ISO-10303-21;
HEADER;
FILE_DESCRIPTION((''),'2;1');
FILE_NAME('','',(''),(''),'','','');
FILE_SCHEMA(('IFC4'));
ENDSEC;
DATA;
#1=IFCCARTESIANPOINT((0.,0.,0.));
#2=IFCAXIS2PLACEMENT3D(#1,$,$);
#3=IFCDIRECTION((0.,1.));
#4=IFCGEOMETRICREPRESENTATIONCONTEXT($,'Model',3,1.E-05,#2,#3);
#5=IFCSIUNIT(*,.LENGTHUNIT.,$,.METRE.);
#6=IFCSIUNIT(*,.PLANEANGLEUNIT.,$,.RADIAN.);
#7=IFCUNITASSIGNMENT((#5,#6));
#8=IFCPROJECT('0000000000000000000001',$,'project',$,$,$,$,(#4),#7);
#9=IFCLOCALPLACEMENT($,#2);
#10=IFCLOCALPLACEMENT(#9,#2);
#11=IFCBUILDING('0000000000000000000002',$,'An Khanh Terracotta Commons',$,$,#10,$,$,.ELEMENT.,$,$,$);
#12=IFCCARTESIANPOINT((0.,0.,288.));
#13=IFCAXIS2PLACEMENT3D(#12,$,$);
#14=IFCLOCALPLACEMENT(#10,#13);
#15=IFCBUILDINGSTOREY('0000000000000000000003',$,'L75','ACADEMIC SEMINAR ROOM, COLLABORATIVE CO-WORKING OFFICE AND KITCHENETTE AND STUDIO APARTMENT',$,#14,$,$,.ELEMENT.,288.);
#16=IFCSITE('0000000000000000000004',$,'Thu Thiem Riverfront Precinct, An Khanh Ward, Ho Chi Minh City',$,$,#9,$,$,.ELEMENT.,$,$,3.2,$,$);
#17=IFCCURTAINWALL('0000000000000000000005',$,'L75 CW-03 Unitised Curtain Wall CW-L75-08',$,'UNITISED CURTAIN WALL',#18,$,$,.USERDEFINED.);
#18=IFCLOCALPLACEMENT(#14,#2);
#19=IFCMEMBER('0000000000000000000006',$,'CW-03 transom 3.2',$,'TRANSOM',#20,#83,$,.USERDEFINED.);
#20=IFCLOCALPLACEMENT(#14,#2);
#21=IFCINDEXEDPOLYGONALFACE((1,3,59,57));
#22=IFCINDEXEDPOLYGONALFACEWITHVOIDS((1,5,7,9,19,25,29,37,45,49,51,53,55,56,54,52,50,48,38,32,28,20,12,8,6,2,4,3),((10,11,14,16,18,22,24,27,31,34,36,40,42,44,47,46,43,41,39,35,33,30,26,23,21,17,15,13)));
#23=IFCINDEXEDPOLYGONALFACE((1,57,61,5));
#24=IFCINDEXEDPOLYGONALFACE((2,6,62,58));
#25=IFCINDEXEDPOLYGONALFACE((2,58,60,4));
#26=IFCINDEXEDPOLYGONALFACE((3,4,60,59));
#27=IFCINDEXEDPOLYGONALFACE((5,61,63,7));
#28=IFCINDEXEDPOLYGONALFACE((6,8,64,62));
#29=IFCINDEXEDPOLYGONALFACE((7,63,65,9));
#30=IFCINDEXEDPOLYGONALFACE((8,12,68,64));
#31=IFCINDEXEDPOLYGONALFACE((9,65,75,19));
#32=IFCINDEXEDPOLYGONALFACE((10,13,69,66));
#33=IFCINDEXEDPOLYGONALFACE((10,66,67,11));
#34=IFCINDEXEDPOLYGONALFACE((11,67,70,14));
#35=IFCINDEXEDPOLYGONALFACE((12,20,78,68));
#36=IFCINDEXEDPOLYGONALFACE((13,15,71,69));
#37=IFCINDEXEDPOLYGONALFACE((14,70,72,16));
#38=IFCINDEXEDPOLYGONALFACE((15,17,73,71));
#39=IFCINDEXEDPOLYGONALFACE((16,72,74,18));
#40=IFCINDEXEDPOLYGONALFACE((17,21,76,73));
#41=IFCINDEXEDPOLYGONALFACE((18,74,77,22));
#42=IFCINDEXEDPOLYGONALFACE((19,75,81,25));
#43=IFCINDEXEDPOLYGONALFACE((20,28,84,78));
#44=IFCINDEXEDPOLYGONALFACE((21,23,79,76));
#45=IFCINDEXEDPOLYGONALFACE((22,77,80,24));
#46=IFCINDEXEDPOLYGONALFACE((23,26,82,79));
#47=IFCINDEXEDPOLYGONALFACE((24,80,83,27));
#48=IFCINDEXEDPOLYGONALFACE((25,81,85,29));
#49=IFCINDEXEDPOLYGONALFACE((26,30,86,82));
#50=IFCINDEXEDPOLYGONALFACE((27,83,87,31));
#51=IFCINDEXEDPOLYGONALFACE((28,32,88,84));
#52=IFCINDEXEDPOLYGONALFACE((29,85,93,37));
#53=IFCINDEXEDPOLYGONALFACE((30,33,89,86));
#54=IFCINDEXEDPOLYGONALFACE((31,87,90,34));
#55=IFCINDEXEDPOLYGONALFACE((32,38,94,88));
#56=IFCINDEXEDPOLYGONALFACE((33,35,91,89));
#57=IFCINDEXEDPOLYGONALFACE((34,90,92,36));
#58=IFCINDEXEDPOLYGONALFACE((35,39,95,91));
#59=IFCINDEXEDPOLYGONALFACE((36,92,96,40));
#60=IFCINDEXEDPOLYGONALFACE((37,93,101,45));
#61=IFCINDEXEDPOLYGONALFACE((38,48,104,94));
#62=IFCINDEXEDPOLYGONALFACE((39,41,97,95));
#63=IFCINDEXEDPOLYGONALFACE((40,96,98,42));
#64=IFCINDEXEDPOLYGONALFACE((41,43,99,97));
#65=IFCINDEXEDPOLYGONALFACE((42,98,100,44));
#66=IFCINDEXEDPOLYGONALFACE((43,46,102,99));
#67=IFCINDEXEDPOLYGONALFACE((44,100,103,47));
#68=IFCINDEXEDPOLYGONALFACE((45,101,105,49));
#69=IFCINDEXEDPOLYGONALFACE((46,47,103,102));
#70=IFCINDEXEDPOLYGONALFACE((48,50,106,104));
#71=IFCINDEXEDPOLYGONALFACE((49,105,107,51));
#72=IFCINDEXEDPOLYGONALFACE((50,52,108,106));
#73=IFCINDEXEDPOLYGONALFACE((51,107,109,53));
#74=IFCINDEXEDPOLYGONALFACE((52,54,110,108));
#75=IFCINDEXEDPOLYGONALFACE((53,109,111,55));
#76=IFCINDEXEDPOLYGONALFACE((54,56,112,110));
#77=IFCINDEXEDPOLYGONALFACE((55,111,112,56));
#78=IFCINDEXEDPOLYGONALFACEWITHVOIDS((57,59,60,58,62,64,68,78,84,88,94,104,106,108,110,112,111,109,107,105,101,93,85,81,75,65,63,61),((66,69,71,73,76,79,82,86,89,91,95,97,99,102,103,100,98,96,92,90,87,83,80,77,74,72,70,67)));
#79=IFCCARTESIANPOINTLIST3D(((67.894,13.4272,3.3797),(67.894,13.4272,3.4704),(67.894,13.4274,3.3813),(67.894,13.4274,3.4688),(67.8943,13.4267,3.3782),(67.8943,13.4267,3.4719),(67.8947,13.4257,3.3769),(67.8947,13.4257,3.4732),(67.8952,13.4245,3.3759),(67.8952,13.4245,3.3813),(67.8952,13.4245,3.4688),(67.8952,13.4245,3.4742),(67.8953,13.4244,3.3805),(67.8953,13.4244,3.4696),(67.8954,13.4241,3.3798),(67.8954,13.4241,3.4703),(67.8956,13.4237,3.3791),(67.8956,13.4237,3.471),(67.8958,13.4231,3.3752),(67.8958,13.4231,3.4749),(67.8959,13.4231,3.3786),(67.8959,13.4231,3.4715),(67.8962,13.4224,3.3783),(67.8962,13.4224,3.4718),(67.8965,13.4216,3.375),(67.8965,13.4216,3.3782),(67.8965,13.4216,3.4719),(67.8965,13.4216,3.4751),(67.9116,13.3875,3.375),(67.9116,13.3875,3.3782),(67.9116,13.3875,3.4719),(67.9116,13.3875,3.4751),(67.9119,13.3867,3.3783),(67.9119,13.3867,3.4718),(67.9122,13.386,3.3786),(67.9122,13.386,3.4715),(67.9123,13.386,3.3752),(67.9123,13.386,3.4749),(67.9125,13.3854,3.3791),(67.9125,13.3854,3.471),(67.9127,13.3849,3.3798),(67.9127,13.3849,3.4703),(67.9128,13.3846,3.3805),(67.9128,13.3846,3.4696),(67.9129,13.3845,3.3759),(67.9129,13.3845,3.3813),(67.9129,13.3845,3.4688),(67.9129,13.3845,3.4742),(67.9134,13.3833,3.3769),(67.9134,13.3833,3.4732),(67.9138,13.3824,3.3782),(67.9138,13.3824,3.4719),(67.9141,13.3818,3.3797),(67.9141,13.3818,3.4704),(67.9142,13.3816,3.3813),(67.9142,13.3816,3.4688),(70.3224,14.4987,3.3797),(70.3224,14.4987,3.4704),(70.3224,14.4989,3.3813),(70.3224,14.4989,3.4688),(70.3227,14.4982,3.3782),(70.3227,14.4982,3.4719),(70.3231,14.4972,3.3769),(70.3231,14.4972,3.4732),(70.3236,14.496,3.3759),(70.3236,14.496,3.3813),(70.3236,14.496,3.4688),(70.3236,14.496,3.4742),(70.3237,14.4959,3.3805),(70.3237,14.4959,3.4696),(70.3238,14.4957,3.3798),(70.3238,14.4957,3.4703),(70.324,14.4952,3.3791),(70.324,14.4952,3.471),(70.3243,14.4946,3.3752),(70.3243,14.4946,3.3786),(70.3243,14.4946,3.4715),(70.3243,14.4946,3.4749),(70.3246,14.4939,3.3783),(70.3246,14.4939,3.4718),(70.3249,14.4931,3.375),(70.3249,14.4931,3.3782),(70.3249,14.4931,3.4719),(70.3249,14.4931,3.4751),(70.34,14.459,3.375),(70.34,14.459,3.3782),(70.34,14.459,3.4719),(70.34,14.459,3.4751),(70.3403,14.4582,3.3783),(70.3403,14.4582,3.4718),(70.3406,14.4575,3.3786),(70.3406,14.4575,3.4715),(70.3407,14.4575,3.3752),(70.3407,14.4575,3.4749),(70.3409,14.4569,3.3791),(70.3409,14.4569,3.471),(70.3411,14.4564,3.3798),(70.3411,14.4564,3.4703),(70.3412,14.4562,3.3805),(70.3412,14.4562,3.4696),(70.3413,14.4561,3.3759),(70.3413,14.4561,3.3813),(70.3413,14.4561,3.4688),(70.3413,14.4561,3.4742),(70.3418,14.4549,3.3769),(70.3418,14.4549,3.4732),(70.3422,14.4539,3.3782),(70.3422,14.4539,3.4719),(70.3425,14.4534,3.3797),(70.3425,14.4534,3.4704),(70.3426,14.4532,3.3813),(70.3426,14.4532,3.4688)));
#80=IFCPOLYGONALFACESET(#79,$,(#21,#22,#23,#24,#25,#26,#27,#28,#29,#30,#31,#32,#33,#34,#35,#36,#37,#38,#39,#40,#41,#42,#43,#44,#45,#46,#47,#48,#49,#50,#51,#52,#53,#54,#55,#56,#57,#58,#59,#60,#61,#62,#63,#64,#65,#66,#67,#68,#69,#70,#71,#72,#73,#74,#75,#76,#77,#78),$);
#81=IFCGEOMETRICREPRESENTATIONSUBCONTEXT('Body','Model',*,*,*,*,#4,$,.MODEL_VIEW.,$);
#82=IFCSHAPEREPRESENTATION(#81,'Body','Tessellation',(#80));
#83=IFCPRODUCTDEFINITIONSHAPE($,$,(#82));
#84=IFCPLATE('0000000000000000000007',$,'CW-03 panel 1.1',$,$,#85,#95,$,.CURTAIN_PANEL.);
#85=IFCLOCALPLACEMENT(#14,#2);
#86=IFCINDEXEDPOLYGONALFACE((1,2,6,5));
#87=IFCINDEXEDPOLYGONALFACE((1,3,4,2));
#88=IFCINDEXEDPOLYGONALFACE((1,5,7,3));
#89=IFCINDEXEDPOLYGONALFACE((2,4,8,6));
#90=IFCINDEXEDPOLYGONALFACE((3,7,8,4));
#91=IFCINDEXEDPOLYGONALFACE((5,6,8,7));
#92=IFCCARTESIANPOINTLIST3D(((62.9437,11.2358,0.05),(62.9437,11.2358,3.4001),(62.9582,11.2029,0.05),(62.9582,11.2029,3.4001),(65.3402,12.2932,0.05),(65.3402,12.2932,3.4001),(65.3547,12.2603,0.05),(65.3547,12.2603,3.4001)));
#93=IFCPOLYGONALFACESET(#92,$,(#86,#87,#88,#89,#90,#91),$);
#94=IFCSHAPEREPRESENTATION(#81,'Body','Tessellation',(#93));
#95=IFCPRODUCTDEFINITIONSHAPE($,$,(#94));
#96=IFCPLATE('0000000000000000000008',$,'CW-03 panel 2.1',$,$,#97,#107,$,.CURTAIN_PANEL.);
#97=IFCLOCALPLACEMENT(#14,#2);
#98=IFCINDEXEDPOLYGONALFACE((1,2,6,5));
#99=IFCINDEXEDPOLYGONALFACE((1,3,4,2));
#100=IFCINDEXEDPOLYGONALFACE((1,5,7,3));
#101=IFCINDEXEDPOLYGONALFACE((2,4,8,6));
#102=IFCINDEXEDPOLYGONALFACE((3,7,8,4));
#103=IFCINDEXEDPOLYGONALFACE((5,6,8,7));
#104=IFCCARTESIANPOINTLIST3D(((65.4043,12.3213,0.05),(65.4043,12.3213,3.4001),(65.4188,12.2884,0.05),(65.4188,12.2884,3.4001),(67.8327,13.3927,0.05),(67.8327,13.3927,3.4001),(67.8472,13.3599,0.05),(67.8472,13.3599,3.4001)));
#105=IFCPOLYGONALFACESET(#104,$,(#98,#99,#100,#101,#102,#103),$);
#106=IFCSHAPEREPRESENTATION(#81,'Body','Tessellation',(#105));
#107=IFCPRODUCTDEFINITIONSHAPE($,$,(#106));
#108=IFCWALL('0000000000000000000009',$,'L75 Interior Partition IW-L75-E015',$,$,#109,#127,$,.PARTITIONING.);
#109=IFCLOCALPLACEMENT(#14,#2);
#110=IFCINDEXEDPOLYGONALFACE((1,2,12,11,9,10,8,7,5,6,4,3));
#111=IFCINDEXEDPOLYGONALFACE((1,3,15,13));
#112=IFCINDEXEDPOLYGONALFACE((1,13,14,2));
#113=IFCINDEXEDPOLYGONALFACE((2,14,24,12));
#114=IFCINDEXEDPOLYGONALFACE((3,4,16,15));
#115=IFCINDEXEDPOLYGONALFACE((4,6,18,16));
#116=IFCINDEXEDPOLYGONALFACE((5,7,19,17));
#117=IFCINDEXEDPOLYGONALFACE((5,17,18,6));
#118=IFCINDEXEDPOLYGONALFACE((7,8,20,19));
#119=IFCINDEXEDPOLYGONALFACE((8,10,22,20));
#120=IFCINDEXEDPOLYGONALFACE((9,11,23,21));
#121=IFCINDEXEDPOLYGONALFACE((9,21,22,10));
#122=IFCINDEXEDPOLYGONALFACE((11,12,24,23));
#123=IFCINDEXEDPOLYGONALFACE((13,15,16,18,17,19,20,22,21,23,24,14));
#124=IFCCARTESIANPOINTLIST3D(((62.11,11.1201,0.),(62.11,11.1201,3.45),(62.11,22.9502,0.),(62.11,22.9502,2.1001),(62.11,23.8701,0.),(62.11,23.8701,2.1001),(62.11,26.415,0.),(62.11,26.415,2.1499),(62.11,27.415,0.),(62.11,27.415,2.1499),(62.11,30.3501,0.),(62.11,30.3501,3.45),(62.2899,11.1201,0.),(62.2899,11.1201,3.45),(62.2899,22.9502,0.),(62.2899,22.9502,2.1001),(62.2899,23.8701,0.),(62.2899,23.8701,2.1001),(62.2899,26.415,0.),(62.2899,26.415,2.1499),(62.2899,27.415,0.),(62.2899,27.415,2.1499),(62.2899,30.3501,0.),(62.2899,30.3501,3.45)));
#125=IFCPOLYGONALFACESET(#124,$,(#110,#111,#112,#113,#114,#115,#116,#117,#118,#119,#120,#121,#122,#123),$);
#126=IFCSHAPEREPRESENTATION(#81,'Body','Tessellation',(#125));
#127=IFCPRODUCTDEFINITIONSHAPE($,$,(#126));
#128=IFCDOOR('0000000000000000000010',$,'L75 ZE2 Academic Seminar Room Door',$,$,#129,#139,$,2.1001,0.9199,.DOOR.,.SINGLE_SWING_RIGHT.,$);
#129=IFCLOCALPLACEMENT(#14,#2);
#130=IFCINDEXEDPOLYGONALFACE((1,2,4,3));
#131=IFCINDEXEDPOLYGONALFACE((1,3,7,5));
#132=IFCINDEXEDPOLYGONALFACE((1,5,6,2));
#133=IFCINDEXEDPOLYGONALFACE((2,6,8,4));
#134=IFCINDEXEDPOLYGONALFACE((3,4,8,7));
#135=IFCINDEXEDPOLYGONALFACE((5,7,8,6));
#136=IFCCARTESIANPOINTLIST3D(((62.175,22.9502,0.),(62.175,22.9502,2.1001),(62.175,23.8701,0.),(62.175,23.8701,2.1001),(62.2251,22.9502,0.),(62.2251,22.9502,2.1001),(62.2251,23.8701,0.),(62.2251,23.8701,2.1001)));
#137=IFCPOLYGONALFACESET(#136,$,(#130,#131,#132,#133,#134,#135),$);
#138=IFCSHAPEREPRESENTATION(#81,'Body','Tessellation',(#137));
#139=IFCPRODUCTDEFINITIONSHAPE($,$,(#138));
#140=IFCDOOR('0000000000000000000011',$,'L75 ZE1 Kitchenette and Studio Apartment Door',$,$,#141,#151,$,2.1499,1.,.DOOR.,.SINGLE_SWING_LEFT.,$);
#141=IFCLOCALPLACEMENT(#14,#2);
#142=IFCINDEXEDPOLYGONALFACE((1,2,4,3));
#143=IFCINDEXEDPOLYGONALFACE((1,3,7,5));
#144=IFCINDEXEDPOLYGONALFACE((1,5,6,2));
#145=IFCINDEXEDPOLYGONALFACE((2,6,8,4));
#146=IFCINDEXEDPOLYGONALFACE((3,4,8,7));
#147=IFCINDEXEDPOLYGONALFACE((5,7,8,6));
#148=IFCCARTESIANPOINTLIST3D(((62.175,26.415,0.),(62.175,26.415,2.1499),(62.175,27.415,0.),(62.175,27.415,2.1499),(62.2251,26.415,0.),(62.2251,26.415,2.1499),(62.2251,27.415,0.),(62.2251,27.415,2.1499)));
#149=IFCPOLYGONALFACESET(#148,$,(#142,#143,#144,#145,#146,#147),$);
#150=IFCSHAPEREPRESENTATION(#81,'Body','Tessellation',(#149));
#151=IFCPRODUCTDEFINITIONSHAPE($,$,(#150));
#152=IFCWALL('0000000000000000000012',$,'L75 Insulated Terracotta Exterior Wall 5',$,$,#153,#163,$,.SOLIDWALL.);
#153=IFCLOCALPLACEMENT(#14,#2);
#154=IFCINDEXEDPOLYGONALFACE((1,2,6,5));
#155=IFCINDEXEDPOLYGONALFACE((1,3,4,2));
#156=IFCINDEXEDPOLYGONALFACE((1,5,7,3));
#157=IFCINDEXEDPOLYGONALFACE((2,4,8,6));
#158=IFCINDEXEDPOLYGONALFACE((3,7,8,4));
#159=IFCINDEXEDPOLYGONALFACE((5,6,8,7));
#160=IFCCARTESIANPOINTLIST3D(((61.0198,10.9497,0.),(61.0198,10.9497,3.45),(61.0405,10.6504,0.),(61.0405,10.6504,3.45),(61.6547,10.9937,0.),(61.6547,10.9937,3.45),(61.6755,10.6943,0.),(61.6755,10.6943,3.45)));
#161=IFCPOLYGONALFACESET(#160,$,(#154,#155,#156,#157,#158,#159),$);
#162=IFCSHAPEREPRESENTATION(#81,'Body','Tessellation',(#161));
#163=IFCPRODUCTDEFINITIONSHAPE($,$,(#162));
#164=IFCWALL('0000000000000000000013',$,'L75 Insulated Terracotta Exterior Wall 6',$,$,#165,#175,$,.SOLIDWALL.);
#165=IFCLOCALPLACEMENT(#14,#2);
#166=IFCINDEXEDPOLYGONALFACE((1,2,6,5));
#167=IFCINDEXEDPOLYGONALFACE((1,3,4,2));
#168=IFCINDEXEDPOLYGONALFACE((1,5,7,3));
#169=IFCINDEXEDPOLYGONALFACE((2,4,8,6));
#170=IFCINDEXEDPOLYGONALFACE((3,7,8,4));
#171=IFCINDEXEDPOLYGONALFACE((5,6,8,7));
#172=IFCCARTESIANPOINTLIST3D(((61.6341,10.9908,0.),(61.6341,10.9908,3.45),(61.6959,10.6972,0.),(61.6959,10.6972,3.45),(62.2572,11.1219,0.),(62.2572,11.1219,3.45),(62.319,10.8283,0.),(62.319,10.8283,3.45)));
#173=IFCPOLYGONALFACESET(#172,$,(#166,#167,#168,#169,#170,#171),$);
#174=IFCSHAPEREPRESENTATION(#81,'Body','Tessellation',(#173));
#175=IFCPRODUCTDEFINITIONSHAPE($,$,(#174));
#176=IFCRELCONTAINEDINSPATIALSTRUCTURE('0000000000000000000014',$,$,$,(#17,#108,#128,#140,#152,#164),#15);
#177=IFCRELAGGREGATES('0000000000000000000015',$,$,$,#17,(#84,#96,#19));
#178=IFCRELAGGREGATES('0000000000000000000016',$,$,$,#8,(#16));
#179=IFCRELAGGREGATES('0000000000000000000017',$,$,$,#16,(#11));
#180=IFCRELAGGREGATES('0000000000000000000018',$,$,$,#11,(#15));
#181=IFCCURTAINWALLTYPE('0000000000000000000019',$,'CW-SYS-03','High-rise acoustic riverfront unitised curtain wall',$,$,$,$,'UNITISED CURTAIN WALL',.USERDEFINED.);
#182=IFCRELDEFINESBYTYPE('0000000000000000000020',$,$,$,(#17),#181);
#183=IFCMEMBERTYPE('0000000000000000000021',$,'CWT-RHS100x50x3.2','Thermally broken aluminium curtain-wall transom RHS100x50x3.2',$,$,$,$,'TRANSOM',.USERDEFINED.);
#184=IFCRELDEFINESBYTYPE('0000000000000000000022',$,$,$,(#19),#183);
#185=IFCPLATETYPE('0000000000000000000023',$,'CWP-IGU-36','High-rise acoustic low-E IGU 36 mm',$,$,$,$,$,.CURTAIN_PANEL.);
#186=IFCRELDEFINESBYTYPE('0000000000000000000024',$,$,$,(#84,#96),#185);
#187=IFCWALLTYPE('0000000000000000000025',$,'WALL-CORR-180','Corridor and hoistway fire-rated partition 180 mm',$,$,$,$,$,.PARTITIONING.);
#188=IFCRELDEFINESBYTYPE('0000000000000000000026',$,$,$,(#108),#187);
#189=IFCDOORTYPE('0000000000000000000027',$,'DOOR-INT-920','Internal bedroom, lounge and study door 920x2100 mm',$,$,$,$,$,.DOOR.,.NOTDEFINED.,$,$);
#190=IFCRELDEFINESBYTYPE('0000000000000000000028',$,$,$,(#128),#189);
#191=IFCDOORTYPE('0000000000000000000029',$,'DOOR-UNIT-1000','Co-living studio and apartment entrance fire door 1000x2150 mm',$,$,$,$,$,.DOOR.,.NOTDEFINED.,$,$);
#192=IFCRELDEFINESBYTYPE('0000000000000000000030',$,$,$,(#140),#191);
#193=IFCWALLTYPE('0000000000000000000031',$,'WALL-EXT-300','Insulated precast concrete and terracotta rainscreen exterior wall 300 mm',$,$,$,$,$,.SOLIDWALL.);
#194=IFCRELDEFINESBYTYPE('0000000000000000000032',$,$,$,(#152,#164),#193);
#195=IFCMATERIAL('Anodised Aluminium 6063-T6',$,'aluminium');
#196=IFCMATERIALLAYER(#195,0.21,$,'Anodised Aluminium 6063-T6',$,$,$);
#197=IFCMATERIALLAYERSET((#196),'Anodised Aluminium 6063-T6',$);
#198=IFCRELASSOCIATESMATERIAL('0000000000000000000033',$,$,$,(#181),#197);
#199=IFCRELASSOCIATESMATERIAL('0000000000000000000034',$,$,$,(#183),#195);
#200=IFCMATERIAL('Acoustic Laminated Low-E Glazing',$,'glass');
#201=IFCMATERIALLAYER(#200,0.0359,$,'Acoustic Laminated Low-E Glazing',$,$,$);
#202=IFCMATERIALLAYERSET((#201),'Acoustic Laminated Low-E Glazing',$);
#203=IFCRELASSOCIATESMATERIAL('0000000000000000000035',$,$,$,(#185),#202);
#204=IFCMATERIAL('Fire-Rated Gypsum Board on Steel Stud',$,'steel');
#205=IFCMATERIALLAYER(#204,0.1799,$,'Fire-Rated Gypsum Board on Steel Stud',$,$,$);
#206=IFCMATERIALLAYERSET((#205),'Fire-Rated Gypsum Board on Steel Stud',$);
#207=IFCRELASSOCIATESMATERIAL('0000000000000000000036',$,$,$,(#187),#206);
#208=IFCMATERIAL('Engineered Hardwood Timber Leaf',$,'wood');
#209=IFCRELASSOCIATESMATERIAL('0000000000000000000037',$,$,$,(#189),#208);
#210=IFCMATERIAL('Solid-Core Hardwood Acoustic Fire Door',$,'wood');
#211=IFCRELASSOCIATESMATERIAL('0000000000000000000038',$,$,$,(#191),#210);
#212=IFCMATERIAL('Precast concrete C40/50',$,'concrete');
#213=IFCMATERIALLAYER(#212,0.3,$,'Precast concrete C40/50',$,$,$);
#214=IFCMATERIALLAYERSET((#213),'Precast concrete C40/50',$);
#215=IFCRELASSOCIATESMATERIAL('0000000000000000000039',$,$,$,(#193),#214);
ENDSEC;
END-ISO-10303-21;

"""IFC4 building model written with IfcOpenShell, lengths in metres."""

from ifc_helpers import new_model, si_unit, direction, frame, frame_2d, origin, origin_2d, place, context, subcontext, project, spatial, rectangle, hollow_rectangle, extrude, material, layer, layer_set, material_profile, profile_set, type_object, element, fill, aggregate, save


model = new_model("IFC4")

# Units and contexts
model_context = context("Model", 3, precision=1e-05, world=origin(), true_north=direction((0.0, 1.0)))
body_context = subcontext(model_context, "Body", "Model", "MODEL_VIEW")
ifc_project = project(units=[si_unit("LENGTHUNIT", "METRE"), si_unit("PLANEANGLEUNIT", "RADIAN")], contexts=[model_context])

# Site, building, storey
site_placement = place(None, origin())
site = spatial("IfcSite", under=ifc_project, at=site_placement, Name="Thu Thiem Riverfront Precinct, An Khanh Ward, Ho Chi Minh City", CompositionType="ELEMENT", RefElevation=3.2)
building_placement = place(site_placement, origin())
building = spatial("IfcBuilding", under=site, at=building_placement, Name="An Khanh Terracotta Commons", CompositionType="ELEMENT")
storey_placement = place(building_placement, frame((0.0, 0.0, 288.0)))
storey = spatial("IfcBuildingStorey", under=building, at=storey_placement, Name="L75", Description="ACADEMIC SEMINAR ROOM, COLLABORATIVE CO-WORKING OFFICE AND KITCHENETTE AND STUDIO APARTMENT", CompositionType="ELEMENT", Elevation=288.0)

# Curtain wall, member, plates
ifc_material_1 = material(Name="Anodised Aluminium 6063-T6", Category="aluminium")
ifc_layer_1 = layer(ifc_material_1, 0.21, Name="Anodised Aluminium 6063-T6")
ifc_layer_set_1 = layer_set([ifc_layer_1], Name="Anodised Aluminium 6063-T6")
curtain_wall_type = type_object("IfcCurtainWallType", Name="CW-SYS-03", Description="High-rise acoustic riverfront unitised curtain wall", ElementType="UNITISED CURTAIN WALL", PredefinedType="USERDEFINED", material=ifc_layer_set_1)
curtain_wall_placement = place(storey_placement, origin())
curtain_wall = element("IfcCurtainWall", 1, at=curtain_wall_placement, inside=storey, type_object=curtain_wall_type, Name="L75 CW-03 Unitised Curtain Wall CW-L75-08", ObjectType="UNITISED CURTAIN WALL", PredefinedType="USERDEFINED")
ifc_material_profile_1 = material_profile(ifc_material_1, hollow_rectangle(XDim=0.05, YDim=0.1001, WallThickness=0.0032, InnerFilletRadius=0.0032, OuterFilletRadius=0.0063, at=origin_2d()), Name="RHS100x50x3.2")
ifc_profile_set_1 = profile_set([ifc_material_profile_1], Name="Anodised Aluminium 6063-T6")
member_type_1 = type_object("IfcMemberType", Name="CWT-RHS100x50x3.2", Description="Thermally broken aluminium curtain-wall transom RHS100x50x3.2", ElementType="TRANSOM", PredefinedType="USERDEFINED", material=ifc_profile_set_1)
member_1_placement = place(storey_placement, frame((67.9041, 13.4045, 3.425), z_axis=(0.914897, 0.403688, 0.0), x_axis=(-0.403688, 0.914897, 0.0)))
member_1 = element("IfcMember", 2, at=member_1_placement, type_object=member_type_1, Name="CW-03 transom 3.2", ObjectType="TRANSOM", PredefinedType="USERDEFINED", context=body_context, shape_type="SweptSolid", body=[
    extrude(hollow_rectangle(XDim=0.05, YDim=0.1001, WallThickness=0.0032, InnerFilletRadius=0.0032, OuterFilletRadius=0.0063, at=origin_2d()), origin(), (0.0, 0.0, 1.0), 2.6543),
])
ifc_material_2 = material(Name="Acoustic Laminated Low-E Glazing", Category="glass")
ifc_layer_2 = layer(ifc_material_2, 0.0359, Name="Acoustic Laminated Low-E Glazing")
ifc_layer_set_2 = layer_set([ifc_layer_2], Name="Acoustic Laminated Low-E Glazing")
plate_type = type_object("IfcPlateType", Name="CWP-IGU-36", Description="High-rise acoustic low-E IGU 36 mm", PredefinedType="CURTAIN_PANEL", material=ifc_layer_set_2)
plate_1_placement = place(storey_placement, frame((64.1492, 11.748, 0.05), z_axis=(0.0, 0.0, 1.0), x_axis=(0.914902, 0.403676, 0.0)))
plate_1 = element("IfcPlate", 3, at=plate_1_placement, type_object=plate_type, Name="CW-03 panel 1.1", PredefinedType="CURTAIN_PANEL", context=body_context, shape_type="SweptSolid", body=[
    extrude(rectangle(XDim=2.6194, YDim=0.0359, at=origin_2d()), origin(), (0.0, 0.0, 1.0), 3.3501),
])
plate_2_placement = place(storey_placement, frame((66.6257, 12.8406, 0.05), z_axis=(0.0, 0.0, 1.0), x_axis=(0.914902, 0.403676, 0.0)))
plate_2 = element("IfcPlate", 4, at=plate_2_placement, type_object=plate_type, Name="CW-03 panel 2.1", PredefinedType="CURTAIN_PANEL", context=body_context, shape_type="SweptSolid", body=[
    extrude(rectangle(XDim=2.6543, YDim=0.0359, at=origin_2d()), origin(), (0.0, 0.0, 1.0), 3.3501),
])
aggregate(curtain_wall, [plate_1, plate_2, member_1])

# Wall, openings, doors
ifc_material_3 = material(Name="Fire-Rated Gypsum Board on Steel Stud", Category="steel")
ifc_layer_3 = layer(ifc_material_3, 0.1799, Name="Fire-Rated Gypsum Board on Steel Stud")
ifc_layer_set_3 = layer_set([ifc_layer_3], Name="Fire-Rated Gypsum Board on Steel Stud")
wall_type_1 = type_object("IfcWallType", Name="WALL-CORR-180", Description="Corridor and hoistway fire-rated partition 180 mm", PredefinedType="PARTITIONING", material=ifc_layer_set_3)
wall_1_placement = place(storey_placement, frame((62.2, 11.1201, 0.0), z_axis=(0.0, 0.0, 1.0), x_axis=(0.0, 1.0, 0.0)))
wall_1 = element("IfcWall", 5, at=wall_1_placement, inside=storey, type_object=wall_type_1, Name="L75 Interior Partition IW-L75-E015", PredefinedType="PARTITIONING", context=body_context, shape_type="SweptSolid", body=[
    extrude(rectangle(XDim=19.23, YDim=0.1799, at=frame_2d((9.615, 0.0))), origin(), (0.0, 0.0, 1.0), 3.45),
])
opening_1_placement = place(wall_1_placement, frame((15.2949, 0.0, 0.0)))
opening_1 = element("IfcOpeningElement", 6, at=opening_1_placement, cuts=wall_1, PredefinedType="OPENING", context=body_context, shape_type="SweptSolid", body=[
    extrude(rectangle(XDim=1.0, YDim=2.1499, at=frame_2d((0.5, 1.075))), frame((0.0, 0.0999, 0.0), z_axis=(0.0, -1.0, 0.0), x_axis=(1.0, 0.0, 0.0)), (0.0, 0.0, 1.0), 0.2),
])
opening_2_placement = place(wall_1_placement, frame((11.8301, 0.0, 0.0)))
opening_2 = element("IfcOpeningElement", 7, at=opening_2_placement, cuts=wall_1, PredefinedType="OPENING", context=body_context, shape_type="SweptSolid", body=[
    extrude(rectangle(XDim=0.9199, YDim=2.1001, at=frame_2d((0.46, 1.05))), frame((0.0, 0.0999, 0.0), z_axis=(0.0, -1.0, 0.0), x_axis=(1.0, 0.0, 0.0)), (0.0, 0.0, 1.0), 0.2),
])
ifc_material_4 = material(Name="Engineered Hardwood Timber Leaf", Category="wood")
door_type_1 = type_object("IfcDoorType", Name="DOOR-INT-920", Description="Internal bedroom, lounge and study door 920x2100 mm", OperationType="NOTDEFINED", PredefinedType="DOOR", material=ifc_material_4)
door_1_placement = place(opening_2_placement, origin())
door_1 = element("IfcDoor", 8, at=door_1_placement, inside=storey, type_object=door_type_1, Name="L75 ZE2 Academic Seminar Room Door", OperationType="SINGLE_SWING_RIGHT", OverallHeight=2.1001, OverallWidth=0.9199, PredefinedType="DOOR", context=body_context, shape_type="SweptSolid", body=[
    extrude(rectangle(XDim=0.9199, YDim=2.1001, at=frame_2d((0.46, 1.05))), frame((0.0, 0.0249, 0.0), z_axis=(0.0, -1.0, 0.0), x_axis=(1.0, 0.0, 0.0)), (0.0, 0.0, 1.0), 0.05),
])
fill(opening_2, door_1)
ifc_material_5 = material(Name="Solid-Core Hardwood Acoustic Fire Door", Category="wood")
door_type_2 = type_object("IfcDoorType", Name="DOOR-UNIT-1000", Description="Co-living studio and apartment entrance fire door 1000x2150 mm", OperationType="NOTDEFINED", PredefinedType="DOOR", material=ifc_material_5)
door_2_placement = place(opening_1_placement, origin())
door_2 = element("IfcDoor", 9, at=door_2_placement, inside=storey, type_object=door_type_2, Name="L75 ZE1 Kitchenette and Studio Apartment Door", OperationType="SINGLE_SWING_LEFT", OverallHeight=2.1499, OverallWidth=1.0, PredefinedType="DOOR", context=body_context, shape_type="SweptSolid", body=[
    extrude(rectangle(XDim=1.0, YDim=2.1499, at=frame_2d((0.5, 1.075))), frame((0.0, 0.0249, 0.0), z_axis=(0.0, -1.0, 0.0), x_axis=(1.0, 0.0, 0.0)), (0.0, 0.0, 1.0), 0.05),
])
fill(opening_1, door_2)

# Walls
ifc_material_6 = material(Name="Precast concrete C40/50", Category="concrete")
ifc_layer_4 = layer(ifc_material_6, 0.3, Name="Precast concrete C40/50")
ifc_layer_set_4 = layer_set([ifc_layer_4], Name="Precast concrete C40/50")
wall_type_2 = type_object("IfcWallType", Name="WALL-EXT-300", Description="Insulated precast concrete and terracotta rainscreen exterior wall 300 mm", PredefinedType="SOLIDWALL", material=ifc_layer_set_4)
wall_2_placement = place(storey_placement, frame((61.03, 10.8, 0.0), z_axis=(0.0, 0.0, 1.0), x_axis=(0.997614, 0.069039, 0.0)))
element("IfcWall", 10, at=wall_2_placement, inside=storey, type_object=wall_type_2, Name="L75 Insulated Terracotta Exterior Wall 5", PredefinedType="SOLIDWALL", context=body_context, shape_type="SweptSolid", body=[
    extrude(rectangle(XDim=0.6365, YDim=0.3, at=frame_2d((0.3184, 0.0))), origin(), (0.0, 0.0, 1.0), 3.45),
])
wall_3_placement = place(storey_placement, frame((61.665, 10.844, 0.0), z_axis=(0.0, 0.0, 1.0), x_axis=(0.97857, 0.205914, 0.0)))
element("IfcWall", 11, at=wall_3_placement, inside=storey, type_object=wall_type_2, Name="L75 Insulated Terracotta Exterior Wall 6", PredefinedType="SOLIDWALL", context=body_context, shape_type="SweptSolid", body=[
    extrude(rectangle(XDim=0.6367, YDim=0.3, at=frame_2d((0.3184, 0.0))), origin(), (0.0, 0.0, 1.0), 3.45),
])

save(model, "model.ifc")
